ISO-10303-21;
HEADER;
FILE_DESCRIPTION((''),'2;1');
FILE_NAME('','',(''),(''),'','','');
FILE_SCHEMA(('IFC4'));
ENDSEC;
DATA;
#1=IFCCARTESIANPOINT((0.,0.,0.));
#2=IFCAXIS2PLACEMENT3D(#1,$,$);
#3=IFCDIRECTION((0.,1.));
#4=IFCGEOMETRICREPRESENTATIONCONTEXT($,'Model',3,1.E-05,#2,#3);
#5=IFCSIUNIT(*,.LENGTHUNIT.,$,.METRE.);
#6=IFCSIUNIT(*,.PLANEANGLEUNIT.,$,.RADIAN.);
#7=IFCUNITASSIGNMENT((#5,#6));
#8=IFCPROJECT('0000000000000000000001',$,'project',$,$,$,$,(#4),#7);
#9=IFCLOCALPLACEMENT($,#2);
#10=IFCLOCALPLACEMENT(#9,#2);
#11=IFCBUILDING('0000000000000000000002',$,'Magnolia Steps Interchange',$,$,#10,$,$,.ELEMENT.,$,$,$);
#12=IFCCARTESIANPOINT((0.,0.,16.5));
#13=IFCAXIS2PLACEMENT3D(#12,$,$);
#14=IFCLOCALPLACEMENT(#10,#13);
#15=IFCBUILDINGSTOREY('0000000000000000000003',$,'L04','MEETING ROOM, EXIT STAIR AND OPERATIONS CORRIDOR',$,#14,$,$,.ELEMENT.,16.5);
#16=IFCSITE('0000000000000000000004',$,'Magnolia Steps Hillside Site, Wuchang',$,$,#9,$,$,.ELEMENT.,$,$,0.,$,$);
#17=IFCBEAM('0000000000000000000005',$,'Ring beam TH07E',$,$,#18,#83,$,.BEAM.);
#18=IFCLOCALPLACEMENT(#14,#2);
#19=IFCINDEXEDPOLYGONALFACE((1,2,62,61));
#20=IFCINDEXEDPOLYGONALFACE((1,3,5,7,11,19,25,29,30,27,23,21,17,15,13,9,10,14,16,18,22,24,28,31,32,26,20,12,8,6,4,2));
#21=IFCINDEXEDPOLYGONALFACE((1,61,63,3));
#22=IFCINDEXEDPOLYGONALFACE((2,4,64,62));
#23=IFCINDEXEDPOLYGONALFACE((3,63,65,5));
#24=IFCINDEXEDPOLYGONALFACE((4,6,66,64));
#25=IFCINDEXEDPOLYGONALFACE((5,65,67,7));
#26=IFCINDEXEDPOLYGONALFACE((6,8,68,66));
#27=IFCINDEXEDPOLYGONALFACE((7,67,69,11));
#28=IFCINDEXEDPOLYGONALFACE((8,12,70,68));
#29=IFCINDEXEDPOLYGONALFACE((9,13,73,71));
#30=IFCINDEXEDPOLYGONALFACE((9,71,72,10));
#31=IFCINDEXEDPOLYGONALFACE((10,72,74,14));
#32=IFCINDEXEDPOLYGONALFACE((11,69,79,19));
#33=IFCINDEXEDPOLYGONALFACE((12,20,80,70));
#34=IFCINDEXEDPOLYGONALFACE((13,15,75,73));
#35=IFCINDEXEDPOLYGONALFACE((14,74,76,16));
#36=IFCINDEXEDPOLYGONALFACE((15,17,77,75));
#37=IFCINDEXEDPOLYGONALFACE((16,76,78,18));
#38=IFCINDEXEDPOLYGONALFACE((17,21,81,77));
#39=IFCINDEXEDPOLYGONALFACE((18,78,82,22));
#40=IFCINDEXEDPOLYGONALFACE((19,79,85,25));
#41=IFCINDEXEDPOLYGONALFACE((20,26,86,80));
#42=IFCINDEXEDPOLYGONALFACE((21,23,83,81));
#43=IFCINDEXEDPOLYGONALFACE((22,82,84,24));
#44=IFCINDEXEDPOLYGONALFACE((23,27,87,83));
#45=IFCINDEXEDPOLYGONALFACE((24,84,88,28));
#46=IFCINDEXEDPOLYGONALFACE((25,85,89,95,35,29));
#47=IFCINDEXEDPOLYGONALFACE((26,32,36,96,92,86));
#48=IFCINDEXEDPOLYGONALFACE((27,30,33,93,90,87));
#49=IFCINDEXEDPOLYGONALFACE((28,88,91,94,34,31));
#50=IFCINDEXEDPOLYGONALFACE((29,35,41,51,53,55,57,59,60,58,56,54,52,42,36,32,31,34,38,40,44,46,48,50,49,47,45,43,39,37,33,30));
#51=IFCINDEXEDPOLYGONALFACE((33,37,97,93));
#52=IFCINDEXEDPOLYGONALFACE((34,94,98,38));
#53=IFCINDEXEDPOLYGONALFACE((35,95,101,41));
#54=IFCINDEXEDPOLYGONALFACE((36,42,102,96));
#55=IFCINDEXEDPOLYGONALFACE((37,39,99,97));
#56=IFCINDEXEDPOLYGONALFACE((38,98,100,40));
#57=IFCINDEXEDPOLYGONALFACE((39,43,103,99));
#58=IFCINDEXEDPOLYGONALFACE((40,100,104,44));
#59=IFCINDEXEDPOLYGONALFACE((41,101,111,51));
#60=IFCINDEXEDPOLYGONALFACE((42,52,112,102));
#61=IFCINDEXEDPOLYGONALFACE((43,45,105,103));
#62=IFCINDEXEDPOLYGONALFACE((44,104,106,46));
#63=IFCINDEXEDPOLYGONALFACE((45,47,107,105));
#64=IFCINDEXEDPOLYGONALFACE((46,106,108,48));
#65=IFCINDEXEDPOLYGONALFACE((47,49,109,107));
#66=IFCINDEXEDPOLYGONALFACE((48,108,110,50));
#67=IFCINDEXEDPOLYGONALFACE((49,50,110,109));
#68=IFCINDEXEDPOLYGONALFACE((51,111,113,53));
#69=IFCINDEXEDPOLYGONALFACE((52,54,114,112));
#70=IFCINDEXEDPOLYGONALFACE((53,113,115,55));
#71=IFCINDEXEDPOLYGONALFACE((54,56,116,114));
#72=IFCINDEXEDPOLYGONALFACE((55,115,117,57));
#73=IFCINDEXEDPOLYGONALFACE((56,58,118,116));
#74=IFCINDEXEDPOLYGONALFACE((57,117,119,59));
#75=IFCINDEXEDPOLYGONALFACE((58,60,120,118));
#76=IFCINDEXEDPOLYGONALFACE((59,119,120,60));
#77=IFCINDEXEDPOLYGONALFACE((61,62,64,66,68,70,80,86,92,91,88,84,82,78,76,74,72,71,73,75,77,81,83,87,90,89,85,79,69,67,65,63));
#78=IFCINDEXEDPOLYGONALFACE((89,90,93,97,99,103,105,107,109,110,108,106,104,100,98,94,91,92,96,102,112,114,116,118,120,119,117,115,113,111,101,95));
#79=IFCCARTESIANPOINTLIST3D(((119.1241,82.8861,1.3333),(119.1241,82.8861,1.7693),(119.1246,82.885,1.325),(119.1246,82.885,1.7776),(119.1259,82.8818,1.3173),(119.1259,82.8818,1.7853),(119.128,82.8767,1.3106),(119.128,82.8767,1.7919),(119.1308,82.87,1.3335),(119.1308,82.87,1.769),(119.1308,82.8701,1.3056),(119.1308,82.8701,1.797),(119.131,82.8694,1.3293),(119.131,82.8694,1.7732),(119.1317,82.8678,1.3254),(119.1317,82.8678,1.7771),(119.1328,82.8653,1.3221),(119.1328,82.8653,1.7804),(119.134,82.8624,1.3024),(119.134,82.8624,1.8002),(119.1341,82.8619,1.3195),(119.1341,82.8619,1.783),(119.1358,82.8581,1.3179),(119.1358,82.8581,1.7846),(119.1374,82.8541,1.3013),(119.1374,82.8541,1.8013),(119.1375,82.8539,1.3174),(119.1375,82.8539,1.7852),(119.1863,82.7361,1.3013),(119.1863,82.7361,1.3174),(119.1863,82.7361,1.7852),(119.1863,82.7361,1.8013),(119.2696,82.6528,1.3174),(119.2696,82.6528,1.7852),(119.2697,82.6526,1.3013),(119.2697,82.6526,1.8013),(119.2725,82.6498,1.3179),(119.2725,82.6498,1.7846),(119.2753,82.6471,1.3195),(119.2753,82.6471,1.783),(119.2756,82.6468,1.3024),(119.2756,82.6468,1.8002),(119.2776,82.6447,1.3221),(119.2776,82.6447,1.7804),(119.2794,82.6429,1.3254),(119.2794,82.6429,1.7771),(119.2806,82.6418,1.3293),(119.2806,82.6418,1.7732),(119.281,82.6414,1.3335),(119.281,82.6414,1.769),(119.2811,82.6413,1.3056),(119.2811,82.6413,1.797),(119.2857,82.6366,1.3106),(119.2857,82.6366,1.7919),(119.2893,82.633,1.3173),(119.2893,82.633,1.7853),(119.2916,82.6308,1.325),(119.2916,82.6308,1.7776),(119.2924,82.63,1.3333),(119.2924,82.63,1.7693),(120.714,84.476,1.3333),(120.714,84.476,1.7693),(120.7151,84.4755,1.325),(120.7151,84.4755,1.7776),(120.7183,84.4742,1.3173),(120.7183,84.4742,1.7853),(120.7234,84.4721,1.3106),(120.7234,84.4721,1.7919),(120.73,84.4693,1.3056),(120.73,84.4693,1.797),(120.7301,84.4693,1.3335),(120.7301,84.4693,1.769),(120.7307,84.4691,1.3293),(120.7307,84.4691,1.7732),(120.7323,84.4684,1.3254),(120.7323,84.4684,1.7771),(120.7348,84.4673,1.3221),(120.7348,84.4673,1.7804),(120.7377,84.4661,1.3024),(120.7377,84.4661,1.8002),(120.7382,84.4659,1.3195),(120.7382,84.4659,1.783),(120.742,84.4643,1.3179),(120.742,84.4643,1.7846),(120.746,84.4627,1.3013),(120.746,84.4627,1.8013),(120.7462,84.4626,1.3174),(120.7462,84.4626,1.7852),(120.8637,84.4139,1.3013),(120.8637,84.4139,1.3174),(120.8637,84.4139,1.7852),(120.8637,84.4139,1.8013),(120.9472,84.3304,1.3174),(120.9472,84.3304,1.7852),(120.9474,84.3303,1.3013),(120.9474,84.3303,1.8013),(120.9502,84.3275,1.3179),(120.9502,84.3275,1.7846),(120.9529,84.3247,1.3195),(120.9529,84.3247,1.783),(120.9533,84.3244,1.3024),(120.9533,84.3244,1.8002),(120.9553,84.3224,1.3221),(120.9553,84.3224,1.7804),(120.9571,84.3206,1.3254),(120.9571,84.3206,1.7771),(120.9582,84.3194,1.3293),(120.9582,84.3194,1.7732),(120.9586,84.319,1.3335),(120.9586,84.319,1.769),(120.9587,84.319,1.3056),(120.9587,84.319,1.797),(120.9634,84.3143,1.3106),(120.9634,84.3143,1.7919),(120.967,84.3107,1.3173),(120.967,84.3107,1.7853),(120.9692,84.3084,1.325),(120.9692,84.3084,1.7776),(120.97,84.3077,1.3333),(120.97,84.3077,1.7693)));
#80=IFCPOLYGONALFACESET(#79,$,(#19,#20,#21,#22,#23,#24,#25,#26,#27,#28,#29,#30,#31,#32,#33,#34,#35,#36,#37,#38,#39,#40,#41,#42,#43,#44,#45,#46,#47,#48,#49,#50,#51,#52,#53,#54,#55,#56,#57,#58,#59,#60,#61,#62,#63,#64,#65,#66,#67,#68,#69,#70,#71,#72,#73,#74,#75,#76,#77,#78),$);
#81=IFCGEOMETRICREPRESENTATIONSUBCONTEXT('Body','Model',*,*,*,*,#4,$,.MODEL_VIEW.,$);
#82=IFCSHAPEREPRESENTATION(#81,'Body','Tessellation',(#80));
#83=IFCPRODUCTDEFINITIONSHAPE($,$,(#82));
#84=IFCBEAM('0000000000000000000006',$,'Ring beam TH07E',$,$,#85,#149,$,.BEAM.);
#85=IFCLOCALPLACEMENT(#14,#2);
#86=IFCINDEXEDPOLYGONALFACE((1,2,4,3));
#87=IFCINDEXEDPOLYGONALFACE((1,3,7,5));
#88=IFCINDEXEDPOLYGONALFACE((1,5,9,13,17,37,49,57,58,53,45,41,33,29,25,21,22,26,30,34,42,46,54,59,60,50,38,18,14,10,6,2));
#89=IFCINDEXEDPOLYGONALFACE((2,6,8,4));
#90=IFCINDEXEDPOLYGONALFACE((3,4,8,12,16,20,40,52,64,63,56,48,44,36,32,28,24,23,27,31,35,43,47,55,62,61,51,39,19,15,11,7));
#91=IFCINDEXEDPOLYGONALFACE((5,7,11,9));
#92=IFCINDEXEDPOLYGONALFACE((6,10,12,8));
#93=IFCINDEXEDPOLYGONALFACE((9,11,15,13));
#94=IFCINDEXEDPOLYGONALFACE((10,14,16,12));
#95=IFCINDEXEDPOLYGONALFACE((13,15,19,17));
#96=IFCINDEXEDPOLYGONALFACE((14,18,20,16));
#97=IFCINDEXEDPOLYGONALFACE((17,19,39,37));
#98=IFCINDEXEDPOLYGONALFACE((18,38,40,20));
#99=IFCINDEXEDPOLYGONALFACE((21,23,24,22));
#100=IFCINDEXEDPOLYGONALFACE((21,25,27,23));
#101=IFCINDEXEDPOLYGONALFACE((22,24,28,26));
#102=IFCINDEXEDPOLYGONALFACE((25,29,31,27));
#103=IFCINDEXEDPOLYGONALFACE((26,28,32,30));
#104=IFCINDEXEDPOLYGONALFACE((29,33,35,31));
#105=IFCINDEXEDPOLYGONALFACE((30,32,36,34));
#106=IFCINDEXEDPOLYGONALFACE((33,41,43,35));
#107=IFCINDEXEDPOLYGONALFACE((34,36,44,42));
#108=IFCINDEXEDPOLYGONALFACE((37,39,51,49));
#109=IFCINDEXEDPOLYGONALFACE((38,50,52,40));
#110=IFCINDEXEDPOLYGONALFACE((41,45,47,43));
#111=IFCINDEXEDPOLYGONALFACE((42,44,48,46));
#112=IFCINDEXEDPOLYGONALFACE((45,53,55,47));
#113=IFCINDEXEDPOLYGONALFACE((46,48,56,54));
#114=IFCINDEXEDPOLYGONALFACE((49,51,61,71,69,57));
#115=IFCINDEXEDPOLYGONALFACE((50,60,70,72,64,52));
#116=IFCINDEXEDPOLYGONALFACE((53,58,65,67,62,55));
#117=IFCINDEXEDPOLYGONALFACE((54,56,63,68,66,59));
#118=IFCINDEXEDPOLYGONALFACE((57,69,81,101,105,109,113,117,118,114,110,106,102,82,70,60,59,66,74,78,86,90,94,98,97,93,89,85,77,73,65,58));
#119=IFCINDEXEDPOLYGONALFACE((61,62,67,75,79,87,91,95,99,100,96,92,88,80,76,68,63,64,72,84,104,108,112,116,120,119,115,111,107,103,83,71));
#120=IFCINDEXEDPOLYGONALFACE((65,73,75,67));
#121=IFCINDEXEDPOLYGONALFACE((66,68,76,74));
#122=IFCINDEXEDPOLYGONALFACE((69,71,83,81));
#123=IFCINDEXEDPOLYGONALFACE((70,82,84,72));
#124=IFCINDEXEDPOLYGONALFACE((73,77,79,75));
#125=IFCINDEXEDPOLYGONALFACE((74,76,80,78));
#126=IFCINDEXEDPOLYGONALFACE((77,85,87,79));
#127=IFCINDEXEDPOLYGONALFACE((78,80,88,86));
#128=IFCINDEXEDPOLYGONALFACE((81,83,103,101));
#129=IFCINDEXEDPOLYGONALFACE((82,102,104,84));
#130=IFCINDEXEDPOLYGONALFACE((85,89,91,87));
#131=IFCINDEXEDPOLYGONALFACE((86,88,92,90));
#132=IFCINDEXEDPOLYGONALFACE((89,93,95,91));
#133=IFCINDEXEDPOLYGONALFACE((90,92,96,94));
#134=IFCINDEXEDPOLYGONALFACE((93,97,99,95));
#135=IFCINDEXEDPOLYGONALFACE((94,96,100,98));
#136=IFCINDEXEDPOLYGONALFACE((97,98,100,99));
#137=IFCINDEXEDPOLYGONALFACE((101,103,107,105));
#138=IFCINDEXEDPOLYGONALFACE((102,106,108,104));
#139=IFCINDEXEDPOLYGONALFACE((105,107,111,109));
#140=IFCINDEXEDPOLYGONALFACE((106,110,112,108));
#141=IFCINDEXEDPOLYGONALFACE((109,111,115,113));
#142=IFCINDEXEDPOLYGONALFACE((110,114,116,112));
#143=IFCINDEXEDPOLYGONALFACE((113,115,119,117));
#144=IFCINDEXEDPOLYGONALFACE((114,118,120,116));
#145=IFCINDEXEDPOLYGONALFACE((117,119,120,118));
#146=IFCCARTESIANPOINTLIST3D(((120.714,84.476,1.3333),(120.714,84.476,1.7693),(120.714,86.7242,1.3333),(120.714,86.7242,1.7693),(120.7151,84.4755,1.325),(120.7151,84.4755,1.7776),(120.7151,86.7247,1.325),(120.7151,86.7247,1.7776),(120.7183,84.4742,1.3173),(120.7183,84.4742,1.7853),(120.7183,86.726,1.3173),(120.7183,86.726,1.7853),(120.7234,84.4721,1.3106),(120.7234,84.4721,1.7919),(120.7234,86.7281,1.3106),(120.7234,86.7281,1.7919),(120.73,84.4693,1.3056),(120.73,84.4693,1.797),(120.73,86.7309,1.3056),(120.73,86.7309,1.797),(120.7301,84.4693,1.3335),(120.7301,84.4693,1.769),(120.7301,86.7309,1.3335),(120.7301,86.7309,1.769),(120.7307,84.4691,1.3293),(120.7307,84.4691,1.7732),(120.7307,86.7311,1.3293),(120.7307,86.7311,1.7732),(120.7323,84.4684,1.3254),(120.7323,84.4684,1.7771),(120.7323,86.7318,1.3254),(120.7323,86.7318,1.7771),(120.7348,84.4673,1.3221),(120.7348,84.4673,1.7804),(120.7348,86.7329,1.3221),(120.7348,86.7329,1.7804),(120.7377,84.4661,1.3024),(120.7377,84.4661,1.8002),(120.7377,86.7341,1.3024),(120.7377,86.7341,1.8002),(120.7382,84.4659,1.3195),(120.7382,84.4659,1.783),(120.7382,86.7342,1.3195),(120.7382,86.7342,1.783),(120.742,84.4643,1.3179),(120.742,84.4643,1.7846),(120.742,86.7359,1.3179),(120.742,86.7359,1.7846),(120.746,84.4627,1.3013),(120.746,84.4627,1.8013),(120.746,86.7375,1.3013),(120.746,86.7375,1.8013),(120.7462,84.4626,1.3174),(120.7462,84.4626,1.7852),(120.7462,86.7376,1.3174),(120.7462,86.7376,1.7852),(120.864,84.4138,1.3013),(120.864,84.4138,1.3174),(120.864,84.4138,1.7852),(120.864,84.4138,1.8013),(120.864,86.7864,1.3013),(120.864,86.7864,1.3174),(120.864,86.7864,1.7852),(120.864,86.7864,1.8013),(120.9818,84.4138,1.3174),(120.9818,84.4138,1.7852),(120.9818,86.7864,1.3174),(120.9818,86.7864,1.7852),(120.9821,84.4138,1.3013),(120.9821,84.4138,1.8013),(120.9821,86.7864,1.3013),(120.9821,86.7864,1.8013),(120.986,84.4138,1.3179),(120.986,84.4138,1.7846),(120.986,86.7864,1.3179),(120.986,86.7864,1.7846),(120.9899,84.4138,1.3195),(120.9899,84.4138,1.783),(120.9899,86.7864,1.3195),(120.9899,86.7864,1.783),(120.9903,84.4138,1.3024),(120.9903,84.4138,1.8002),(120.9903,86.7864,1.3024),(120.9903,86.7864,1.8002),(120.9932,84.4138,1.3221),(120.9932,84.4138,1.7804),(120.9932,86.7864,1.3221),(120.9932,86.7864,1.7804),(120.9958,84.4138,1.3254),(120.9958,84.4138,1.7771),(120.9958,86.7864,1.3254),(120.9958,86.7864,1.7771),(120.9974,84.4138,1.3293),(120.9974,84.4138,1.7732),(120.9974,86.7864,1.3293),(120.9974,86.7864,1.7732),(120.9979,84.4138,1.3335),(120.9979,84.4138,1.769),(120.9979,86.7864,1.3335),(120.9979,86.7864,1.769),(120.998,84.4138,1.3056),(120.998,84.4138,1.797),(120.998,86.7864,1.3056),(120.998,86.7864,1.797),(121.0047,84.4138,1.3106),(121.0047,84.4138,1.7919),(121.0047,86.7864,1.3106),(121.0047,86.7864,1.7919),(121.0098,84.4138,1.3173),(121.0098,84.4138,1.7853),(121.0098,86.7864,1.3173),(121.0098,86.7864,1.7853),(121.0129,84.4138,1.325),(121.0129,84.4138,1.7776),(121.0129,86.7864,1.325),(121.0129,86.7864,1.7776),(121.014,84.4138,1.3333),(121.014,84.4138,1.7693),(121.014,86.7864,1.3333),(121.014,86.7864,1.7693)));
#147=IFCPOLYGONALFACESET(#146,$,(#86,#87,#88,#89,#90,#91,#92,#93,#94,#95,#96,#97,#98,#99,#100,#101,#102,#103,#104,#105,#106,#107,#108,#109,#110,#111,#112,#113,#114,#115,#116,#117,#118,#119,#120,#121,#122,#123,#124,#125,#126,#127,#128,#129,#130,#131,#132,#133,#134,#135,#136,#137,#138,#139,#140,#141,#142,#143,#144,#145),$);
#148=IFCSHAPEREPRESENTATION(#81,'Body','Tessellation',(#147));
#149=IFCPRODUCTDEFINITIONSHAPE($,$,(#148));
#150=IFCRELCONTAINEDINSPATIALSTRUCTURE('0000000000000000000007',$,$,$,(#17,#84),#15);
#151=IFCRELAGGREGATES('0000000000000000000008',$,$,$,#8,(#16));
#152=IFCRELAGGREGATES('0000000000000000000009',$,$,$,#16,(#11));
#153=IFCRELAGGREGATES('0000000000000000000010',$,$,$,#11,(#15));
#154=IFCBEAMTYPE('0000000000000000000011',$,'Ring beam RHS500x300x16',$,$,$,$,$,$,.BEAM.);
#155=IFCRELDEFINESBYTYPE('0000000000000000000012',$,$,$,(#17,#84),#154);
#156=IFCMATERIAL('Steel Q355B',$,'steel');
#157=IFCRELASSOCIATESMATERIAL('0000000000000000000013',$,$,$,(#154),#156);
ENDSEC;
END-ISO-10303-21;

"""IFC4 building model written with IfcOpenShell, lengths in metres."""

from ifc_helpers import new_model, si_unit, direction, frame, origin, origin_2d, place, context, subcontext, project, spatial, hollow_rectangle, extrude, clip, halfspace, material, material_profile, profile_set, type_object, element, save


model = new_model("IFC4")

# Units and contexts
model_context = context("Model", 3, precision=1e-05, world=origin(), true_north=direction((0.0, 1.0)))
body_context = subcontext(model_context, "Body", "Model", "MODEL_VIEW")
ifc_project = project(units=[si_unit("LENGTHUNIT", "METRE"), si_unit("PLANEANGLEUNIT", "RADIAN")], contexts=[model_context])

# Site, building, storey
site_placement = place(None, origin())
site = spatial("IfcSite", under=ifc_project, at=site_placement, Name="Magnolia Steps Hillside Site, Wuchang", CompositionType="ELEMENT", RefElevation=0.0)
building_placement = place(site_placement, origin())
building = spatial("IfcBuilding", under=site, at=building_placement, Name="Magnolia Steps Interchange", CompositionType="ELEMENT")
storey_placement = place(building_placement, frame((0.0, 0.0, 16.5)))
storey = spatial("IfcBuildingStorey", under=building, at=storey_placement, Name="L04", Description="MEETING ROOM, EXIT STAIR AND OPERATIONS CORRIDOR", CompositionType="ELEMENT", Elevation=16.5)

# Beams
ifc_material_1 = material(Name="Steel Q355B", Category="steel")
ifc_material_profile_1 = material_profile(ifc_material_1, hollow_rectangle(XDim=0.3, YDim=0.5, WallThickness=0.0161, InnerFilletRadius=0.0161, OuterFilletRadius=0.032, at=origin_2d()), Name="RHS500x300x16")
ifc_profile_set_1 = profile_set([ifc_material_profile_1], Name="Steel Q355B")
beam_type_1 = type_object("IfcBeamType", Name="Ring beam RHS500x300x16", PredefinedType="BEAM", material=ifc_profile_set_1)
beam_1_placement = place(storey_placement, frame((119.1863, 82.7361, 1.5513), z_axis=(0.707107, 0.707107, 0.0), x_axis=(-0.707107, 0.707107, 0.0)))
element("IfcBeam", 1, at=beam_1_placement, inside=storey, type_object=beam_type_1, Name="Ring beam TH07E", PredefinedType="BEAM", context=body_context, shape_type="Clipping", body=[
    clip(clip(extrude(hollow_rectangle(XDim=0.3, YDim=0.5, WallThickness=0.0161, InnerFilletRadius=0.0161, OuterFilletRadius=0.032, at=origin_2d()), origin(), (0.0, 0.0, 1.0), 2.3726), halfspace(frame((0.0, 0.0, 0.0), z_axis=(0.382683, 0.0, -0.92388), x_axis=(0.92388, 0.0, 0.382683)), False)), halfspace(frame((0.0, 0.0, 2.3727), z_axis=(0.382683, 0.0, 0.92388), x_axis=(0.92388, 0.0, -0.382683)), False)),
])
beam_2_placement = place(storey_placement, frame((120.864, 84.4138, 1.5513), z_axis=(0.0, 1.0, 0.0), x_axis=(-1.0, 0.0, 0.0)))
element("IfcBeam", 2, at=beam_2_placement, inside=storey, type_object=beam_type_1, Name="Ring beam TH07E", PredefinedType="BEAM", context=body_context, shape_type="Clipping", body=[
    clip(clip(extrude(hollow_rectangle(XDim=0.3, YDim=0.5, WallThickness=0.0161, InnerFilletRadius=0.0161, OuterFilletRadius=0.032, at=origin_2d()), origin(), (0.0, 0.0, 1.0), 2.3726), halfspace(frame((0.0, 0.0, 0.0), z_axis=(0.382683, 0.0, -0.92388), x_axis=(0.92388, 0.0, 0.382683)), False)), halfspace(frame((0.0, 0.0, 2.3726), z_axis=(0.382683, 0.0, 0.92388), x_axis=(0.92388, 0.0, -0.382683)), False)),
])

save(model, "model.ifc")
